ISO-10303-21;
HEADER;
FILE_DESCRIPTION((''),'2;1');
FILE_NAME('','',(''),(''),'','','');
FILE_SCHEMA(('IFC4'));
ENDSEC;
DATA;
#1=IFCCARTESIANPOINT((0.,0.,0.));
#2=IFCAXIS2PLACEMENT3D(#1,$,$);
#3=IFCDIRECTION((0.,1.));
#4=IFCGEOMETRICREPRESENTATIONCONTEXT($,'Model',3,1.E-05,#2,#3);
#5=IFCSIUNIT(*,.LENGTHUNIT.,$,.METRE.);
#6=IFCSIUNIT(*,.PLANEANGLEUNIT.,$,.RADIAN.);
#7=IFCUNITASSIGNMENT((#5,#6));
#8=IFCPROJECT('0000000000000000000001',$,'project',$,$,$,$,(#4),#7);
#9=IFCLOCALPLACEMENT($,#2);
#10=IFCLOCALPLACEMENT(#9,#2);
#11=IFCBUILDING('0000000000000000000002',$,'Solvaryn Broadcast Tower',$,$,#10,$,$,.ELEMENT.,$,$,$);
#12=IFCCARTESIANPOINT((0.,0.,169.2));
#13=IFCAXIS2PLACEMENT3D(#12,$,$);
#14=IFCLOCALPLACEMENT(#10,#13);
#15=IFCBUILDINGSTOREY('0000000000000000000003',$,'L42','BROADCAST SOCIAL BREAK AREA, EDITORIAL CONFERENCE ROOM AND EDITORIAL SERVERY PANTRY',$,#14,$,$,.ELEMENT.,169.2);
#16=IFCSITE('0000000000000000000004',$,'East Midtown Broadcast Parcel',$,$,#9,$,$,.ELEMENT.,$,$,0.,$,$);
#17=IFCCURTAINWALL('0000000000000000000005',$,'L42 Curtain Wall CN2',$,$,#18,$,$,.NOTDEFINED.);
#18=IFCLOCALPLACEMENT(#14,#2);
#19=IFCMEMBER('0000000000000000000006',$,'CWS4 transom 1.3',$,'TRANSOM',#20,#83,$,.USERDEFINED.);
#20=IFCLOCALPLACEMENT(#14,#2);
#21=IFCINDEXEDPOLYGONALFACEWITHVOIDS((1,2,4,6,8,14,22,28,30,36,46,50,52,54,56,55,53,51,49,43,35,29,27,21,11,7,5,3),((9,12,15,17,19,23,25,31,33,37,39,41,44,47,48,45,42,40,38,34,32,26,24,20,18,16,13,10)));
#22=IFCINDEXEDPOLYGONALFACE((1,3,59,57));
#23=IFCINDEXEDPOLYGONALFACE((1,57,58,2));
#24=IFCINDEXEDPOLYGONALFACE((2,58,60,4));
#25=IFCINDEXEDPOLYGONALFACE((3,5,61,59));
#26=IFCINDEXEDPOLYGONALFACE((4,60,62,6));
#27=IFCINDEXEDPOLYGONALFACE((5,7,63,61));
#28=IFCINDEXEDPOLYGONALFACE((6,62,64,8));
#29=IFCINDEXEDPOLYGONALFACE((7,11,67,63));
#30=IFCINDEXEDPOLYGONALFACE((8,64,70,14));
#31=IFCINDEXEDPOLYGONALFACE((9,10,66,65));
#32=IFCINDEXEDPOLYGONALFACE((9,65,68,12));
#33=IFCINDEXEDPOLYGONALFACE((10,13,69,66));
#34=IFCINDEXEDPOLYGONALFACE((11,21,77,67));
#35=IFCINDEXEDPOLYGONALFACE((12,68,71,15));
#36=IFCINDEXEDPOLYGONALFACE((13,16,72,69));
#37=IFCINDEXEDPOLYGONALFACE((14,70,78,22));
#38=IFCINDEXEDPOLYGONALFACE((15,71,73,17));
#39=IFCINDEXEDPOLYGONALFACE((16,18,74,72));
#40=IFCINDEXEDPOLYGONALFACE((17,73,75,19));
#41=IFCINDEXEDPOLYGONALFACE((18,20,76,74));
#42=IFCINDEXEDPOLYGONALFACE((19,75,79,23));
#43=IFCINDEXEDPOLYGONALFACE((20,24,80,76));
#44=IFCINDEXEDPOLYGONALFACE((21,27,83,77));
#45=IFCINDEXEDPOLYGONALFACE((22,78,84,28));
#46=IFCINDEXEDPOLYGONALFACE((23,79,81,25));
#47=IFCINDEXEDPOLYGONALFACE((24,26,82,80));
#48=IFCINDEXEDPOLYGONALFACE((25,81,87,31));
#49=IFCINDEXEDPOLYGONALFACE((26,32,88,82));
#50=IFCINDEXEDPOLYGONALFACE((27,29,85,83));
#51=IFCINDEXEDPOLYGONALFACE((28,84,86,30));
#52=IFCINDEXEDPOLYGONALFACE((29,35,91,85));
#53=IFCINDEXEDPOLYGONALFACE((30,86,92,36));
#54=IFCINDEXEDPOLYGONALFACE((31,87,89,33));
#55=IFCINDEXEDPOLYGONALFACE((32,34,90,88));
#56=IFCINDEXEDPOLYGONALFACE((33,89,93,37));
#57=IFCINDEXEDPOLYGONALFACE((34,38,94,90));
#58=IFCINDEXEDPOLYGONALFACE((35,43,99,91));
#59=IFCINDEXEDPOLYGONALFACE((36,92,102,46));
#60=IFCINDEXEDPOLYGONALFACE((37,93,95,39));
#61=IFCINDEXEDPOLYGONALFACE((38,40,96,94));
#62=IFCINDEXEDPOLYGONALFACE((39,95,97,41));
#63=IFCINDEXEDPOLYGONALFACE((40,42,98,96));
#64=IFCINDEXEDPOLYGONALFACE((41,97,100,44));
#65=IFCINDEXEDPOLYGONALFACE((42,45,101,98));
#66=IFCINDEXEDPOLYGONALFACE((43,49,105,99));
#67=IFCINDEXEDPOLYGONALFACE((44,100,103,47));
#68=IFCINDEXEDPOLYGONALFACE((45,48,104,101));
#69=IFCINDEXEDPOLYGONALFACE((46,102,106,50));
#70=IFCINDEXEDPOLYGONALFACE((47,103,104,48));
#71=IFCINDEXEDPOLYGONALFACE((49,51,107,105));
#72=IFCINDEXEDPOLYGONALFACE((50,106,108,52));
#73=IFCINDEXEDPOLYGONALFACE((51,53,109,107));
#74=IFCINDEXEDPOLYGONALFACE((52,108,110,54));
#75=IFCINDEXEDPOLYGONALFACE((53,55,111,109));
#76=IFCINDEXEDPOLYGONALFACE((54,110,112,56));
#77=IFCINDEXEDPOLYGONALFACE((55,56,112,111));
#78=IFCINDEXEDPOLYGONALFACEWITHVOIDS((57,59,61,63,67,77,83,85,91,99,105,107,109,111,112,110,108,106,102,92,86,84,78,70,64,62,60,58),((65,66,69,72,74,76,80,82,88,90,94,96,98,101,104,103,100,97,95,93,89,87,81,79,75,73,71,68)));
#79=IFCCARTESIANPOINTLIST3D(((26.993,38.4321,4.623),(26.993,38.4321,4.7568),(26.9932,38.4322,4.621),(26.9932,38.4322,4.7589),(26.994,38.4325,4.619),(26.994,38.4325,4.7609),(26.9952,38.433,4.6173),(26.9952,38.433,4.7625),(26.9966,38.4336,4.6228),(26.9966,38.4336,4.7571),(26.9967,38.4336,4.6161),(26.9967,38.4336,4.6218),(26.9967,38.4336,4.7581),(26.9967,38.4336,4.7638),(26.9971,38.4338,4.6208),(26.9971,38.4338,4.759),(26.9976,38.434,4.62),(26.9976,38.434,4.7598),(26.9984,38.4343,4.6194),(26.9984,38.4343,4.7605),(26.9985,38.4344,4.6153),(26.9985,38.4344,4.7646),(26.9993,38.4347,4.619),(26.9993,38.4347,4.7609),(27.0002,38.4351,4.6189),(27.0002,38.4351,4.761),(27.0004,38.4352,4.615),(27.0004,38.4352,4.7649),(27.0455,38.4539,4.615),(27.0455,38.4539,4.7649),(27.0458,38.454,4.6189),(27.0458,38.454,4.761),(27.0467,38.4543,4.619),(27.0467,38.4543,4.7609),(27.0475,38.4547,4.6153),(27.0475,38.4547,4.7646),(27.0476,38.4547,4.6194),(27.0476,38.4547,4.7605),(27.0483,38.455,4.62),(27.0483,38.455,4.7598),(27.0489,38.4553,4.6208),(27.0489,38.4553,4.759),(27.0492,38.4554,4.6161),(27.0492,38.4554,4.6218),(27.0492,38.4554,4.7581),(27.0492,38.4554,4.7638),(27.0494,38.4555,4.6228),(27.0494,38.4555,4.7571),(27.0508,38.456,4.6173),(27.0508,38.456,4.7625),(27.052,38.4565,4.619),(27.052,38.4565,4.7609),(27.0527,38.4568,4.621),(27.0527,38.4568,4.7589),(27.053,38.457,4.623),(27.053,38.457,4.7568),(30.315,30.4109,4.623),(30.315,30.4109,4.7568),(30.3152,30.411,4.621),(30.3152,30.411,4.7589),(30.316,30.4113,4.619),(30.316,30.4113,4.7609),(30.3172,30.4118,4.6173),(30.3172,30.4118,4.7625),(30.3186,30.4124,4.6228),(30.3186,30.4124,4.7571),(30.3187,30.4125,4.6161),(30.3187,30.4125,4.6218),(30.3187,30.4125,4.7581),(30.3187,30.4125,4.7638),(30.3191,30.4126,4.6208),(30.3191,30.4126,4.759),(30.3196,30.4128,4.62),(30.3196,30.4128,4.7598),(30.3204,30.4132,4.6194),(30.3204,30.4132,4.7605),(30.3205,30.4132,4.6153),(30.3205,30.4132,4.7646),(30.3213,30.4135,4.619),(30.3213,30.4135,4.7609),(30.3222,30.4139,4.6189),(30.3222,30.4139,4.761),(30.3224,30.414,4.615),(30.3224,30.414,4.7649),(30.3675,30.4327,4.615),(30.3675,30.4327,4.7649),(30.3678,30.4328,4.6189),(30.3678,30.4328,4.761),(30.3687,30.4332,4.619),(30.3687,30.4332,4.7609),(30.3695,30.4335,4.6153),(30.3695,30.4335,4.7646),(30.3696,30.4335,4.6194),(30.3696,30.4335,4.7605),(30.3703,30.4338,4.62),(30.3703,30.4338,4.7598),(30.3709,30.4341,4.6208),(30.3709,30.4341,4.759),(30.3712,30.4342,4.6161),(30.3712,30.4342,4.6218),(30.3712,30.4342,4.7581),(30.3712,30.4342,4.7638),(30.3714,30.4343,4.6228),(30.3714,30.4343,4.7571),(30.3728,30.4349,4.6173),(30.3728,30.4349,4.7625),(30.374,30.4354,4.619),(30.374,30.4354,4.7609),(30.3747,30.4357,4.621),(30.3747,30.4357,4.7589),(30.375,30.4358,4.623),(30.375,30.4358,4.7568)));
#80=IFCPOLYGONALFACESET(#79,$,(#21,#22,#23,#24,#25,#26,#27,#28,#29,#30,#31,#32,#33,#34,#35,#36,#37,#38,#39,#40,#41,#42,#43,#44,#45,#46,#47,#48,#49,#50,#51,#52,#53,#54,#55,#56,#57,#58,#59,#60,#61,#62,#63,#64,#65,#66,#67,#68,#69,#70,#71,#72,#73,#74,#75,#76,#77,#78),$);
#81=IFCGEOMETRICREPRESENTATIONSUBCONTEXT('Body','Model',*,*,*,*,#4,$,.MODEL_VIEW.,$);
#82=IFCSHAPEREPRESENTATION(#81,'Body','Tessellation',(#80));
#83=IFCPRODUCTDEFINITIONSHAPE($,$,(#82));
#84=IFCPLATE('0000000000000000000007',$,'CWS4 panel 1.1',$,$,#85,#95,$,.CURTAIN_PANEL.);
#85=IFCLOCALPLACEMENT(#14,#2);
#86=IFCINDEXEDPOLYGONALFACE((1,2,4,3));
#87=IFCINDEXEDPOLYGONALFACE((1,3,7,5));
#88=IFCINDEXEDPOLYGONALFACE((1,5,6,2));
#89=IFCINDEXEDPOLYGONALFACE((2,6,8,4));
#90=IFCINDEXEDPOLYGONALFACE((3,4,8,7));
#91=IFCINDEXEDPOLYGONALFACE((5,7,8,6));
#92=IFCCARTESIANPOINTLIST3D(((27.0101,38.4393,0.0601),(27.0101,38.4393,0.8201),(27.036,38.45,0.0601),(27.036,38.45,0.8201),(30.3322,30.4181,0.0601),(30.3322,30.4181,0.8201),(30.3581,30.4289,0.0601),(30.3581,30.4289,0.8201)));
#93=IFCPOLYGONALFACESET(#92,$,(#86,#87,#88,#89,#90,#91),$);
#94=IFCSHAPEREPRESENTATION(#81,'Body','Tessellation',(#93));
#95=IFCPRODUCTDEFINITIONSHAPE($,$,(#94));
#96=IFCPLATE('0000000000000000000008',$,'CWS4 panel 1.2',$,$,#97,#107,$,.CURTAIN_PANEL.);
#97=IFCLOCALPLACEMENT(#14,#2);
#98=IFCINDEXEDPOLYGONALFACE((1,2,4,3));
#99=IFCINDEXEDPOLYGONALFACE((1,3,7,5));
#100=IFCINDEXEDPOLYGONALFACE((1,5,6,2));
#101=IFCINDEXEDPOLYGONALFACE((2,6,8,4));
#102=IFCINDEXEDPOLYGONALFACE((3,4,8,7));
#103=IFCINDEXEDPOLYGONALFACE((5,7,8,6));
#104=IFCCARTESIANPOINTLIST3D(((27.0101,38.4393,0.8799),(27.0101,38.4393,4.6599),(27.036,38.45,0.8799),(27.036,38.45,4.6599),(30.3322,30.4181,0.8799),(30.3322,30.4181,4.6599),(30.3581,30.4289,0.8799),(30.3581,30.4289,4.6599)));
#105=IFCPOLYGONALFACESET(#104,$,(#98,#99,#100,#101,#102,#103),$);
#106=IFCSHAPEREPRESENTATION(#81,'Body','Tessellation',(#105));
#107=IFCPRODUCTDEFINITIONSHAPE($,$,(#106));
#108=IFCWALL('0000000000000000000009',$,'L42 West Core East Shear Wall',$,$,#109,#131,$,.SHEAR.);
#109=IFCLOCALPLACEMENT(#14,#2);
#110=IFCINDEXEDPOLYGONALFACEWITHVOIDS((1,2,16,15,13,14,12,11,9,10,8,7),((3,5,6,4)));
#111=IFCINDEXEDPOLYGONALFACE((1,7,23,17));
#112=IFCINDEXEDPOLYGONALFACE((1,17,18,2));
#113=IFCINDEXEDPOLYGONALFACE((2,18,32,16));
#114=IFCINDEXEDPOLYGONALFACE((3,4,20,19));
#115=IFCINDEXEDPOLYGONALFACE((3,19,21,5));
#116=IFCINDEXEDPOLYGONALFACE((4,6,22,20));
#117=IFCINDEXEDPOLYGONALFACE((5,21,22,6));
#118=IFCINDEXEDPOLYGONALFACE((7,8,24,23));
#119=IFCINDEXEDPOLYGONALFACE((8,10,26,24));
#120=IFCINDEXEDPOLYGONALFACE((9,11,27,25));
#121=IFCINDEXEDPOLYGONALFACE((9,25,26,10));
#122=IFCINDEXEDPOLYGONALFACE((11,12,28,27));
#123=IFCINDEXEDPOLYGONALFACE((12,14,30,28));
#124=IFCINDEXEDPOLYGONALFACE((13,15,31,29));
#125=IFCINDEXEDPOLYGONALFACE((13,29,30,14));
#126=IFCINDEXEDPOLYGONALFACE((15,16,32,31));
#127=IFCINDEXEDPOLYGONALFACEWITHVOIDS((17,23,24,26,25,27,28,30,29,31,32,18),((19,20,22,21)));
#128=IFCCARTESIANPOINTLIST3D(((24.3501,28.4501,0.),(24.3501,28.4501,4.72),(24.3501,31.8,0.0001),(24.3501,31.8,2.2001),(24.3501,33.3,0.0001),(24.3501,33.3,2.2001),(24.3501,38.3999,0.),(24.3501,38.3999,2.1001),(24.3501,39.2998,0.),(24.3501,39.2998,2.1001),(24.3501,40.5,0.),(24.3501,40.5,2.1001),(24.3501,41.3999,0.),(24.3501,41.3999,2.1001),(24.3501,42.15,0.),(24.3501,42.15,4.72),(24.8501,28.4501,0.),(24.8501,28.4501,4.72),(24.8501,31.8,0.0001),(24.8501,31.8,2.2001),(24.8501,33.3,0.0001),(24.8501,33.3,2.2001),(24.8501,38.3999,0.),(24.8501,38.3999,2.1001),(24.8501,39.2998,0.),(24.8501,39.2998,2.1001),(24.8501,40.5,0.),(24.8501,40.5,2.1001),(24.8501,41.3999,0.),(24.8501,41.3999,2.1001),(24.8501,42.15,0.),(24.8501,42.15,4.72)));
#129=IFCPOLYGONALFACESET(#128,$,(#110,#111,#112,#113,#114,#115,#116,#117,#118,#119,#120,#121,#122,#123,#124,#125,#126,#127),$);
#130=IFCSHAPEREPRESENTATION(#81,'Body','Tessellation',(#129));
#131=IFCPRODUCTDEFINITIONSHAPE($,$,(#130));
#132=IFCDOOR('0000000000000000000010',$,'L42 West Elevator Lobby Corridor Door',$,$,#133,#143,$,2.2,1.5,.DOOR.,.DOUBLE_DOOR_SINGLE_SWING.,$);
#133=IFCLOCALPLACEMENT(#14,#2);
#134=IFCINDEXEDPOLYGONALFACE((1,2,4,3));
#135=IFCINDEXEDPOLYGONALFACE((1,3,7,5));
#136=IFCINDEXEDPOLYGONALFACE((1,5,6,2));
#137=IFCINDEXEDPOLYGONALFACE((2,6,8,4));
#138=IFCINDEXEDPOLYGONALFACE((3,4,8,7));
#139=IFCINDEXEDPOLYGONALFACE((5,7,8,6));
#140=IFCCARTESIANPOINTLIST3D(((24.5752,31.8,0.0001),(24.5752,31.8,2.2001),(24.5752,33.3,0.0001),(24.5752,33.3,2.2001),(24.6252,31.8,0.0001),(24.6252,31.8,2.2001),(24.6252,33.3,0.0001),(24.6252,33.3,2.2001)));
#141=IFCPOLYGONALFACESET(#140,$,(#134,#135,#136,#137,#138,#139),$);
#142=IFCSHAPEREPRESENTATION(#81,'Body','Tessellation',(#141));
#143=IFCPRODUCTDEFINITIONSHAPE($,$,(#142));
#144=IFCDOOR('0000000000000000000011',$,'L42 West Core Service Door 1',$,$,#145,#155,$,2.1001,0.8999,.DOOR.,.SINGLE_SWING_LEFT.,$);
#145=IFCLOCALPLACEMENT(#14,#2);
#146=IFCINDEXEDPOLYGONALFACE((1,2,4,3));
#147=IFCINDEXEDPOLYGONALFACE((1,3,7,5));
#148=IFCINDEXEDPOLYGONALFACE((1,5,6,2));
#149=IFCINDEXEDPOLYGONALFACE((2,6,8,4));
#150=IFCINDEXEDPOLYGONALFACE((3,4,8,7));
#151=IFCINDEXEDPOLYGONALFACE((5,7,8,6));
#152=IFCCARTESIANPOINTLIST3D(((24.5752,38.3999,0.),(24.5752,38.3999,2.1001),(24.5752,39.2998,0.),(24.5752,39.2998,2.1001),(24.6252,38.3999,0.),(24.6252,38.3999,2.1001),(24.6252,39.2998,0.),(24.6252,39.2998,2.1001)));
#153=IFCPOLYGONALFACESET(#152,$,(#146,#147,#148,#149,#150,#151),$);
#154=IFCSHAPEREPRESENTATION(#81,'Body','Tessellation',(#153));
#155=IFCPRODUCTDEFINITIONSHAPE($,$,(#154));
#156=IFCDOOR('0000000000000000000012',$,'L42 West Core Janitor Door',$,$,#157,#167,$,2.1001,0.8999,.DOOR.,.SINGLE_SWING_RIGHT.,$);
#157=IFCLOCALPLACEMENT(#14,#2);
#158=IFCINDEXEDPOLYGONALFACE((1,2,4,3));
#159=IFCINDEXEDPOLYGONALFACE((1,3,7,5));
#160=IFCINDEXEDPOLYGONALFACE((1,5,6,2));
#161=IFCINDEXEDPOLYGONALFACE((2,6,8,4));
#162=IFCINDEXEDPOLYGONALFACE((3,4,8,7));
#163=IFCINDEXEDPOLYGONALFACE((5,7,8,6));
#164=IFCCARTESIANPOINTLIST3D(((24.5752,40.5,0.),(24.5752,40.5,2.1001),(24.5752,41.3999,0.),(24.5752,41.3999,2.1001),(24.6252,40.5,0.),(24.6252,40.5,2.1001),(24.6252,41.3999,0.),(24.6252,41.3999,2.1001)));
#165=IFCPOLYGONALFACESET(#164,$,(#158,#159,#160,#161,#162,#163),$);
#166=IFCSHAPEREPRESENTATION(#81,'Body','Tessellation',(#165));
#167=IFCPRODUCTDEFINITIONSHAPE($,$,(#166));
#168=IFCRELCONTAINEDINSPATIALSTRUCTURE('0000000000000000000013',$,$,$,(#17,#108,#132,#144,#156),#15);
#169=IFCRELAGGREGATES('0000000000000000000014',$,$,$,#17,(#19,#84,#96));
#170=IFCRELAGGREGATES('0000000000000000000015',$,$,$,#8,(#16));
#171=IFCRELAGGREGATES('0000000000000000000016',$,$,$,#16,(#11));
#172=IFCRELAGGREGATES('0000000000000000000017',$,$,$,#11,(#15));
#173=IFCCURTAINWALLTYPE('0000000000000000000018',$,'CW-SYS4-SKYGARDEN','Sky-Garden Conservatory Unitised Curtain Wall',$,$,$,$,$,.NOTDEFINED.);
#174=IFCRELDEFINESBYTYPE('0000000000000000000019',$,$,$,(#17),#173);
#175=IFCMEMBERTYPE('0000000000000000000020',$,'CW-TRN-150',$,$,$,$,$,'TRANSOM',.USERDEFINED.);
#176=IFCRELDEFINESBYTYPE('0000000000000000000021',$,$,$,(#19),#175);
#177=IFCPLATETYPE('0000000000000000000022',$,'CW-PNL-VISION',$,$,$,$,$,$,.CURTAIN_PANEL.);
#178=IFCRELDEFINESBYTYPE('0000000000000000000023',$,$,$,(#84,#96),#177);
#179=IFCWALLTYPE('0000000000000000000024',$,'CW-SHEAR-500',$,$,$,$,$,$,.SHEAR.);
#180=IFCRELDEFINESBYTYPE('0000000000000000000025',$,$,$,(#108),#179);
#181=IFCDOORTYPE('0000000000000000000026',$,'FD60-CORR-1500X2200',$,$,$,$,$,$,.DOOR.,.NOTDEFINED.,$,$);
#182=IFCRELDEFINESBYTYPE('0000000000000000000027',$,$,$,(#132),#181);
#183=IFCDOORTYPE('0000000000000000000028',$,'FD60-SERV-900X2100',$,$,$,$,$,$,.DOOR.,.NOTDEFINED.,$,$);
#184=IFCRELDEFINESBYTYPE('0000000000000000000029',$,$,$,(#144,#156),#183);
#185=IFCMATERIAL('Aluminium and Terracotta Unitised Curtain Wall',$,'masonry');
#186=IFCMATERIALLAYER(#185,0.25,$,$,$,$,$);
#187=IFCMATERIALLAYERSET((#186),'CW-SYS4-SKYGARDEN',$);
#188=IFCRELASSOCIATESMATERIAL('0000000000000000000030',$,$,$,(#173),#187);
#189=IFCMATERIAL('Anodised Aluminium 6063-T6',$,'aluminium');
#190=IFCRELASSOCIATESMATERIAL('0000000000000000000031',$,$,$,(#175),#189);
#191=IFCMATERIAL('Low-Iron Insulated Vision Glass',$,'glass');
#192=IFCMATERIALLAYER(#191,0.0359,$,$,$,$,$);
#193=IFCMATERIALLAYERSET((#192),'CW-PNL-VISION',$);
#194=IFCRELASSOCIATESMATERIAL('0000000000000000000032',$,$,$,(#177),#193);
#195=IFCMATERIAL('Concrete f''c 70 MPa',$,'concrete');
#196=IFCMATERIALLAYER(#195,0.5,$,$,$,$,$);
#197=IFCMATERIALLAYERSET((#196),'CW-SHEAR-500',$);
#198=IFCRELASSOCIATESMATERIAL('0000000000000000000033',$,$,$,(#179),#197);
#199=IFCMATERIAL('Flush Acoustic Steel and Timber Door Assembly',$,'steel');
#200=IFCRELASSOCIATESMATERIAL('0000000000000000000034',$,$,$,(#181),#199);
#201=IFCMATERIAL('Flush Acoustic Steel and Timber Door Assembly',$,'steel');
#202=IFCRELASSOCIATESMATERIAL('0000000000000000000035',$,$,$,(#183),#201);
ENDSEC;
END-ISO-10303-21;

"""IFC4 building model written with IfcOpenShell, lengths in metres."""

from ifc_helpers import new_model, si_unit, direction, frame, frame_2d, origin, origin_2d, place, context, subcontext, project, spatial, rectangle, hollow_rectangle, extrude, material, layer, layer_set, material_profile, profile_set, type_object, element, fill, aggregate, save


model = new_model("IFC4")

# Units and contexts
model_context = context("Model", 3, precision=1e-05, world=origin(), true_north=direction((0.0, 1.0)))
body_context = subcontext(model_context, "Body", "Model", "MODEL_VIEW")
ifc_project = project(units=[si_unit("LENGTHUNIT", "METRE"), si_unit("PLANEANGLEUNIT", "RADIAN")], contexts=[model_context])

# Site, building, storey
site_placement = place(None, origin())
site = spatial("IfcSite", under=ifc_project, at=site_placement, Name="East Midtown Broadcast Parcel", CompositionType="ELEMENT", RefElevation=0.0)
building_placement = place(site_placement, origin())
building = spatial("IfcBuilding", under=site, at=building_placement, Name="Solvaryn Broadcast Tower", CompositionType="ELEMENT")
storey_placement = place(building_placement, frame((0.0, 0.0, 169.2)))
storey = spatial("IfcBuildingStorey", under=building, at=storey_placement, Name="L42", Description="BROADCAST SOCIAL BREAK AREA, EDITORIAL CONFERENCE ROOM AND EDITORIAL SERVERY PANTRY", CompositionType="ELEMENT", Elevation=169.2)

# Shared definitions
ifc_material_1 = material(Name="Aluminium and Terracotta Unitised Curtain Wall", Category="masonry")
ifc_layer_1 = layer(ifc_material_1, 0.25)
ifc_layer_set_1 = layer_set([ifc_layer_1], Name="CW-SYS4-SKYGARDEN")
curtain_wall_type = type_object("IfcCurtainWallType", Name="CW-SYS4-SKYGARDEN", Description="Sky-Garden Conservatory Unitised Curtain Wall", PredefinedType="NOTDEFINED", material=ifc_layer_set_1)

# Curtain wall, member, plates
curtain_wall_1_placement = place(storey_placement, origin())
curtain_wall_1 = element("IfcCurtainWall", 1, at=curtain_wall_1_placement, inside=storey, type_object=curtain_wall_type, Name="L42 Curtain Wall CN2", PredefinedType="NOTDEFINED")
ifc_material_2 = material(Name="Anodised Aluminium 6063-T6", Category="aluminium")
ifc_material_profile_1 = material_profile(ifc_material_2, hollow_rectangle(XDim=0.0649, YDim=0.1499, WallThickness=0.0039, InnerFilletRadius=0.0039, OuterFilletRadius=0.0081, at=origin_2d()))
ifc_profile_set_1 = profile_set([ifc_material_profile_1], Name="Anodised Aluminium 6063-T6")
member_type_1 = type_object("IfcMemberType", Name="CW-TRN-150", ElementType="TRANSOM", PredefinedType="USERDEFINED", material=ifc_profile_set_1)
member_1_placement = place(storey_placement, frame((30.345, 30.4233, 4.6899), z_axis=(-0.382636, 0.923899, 0.0), x_axis=(-0.923899, -0.382636, 0.0)))
member_1 = element("IfcMember", 2, at=member_1_placement, type_object=member_type_1, Name="CWS4 transom 1.3", ObjectType="TRANSOM", PredefinedType="USERDEFINED", context=body_context, shape_type="SweptSolid", body=[
    extrude(hollow_rectangle(XDim=0.0649, YDim=0.1499, WallThickness=0.0039, InnerFilletRadius=0.0039, OuterFilletRadius=0.0081, at=origin_2d()), origin(), (0.0, 0.0, 1.0), 8.6819),
])
ifc_material_3 = material(Name="Low-Iron Insulated Vision Glass", Category="glass")
ifc_layer_2 = layer(ifc_material_3, 0.0359)
ifc_layer_set_2 = layer_set([ifc_layer_2], Name="CW-PNL-VISION")
plate_type = type_object("IfcPlateType", Name="CW-PNL-VISION", PredefinedType="CURTAIN_PANEL", material=ifc_layer_set_2)
plate_1_placement = place(storey_placement, frame((28.6841, 34.4341, 0.0601), z_axis=(0.0, 0.0, 1.0), x_axis=(-0.382646, 0.923895, 0.0)))
plate_1 = element("IfcPlate", 3, at=plate_1_placement, type_object=plate_type, Name="CWS4 panel 1.1", PredefinedType="CURTAIN_PANEL", context=body_context, shape_type="SweptSolid", body=[
    extrude(rectangle(XDim=8.6819, YDim=0.0281, at=origin_2d()), origin(), (0.0, 0.0, 1.0), 0.76),
])
plate_2_placement = place(storey_placement, frame((28.6841, 34.4341, 0.8799), z_axis=(0.0, 0.0, 1.0), x_axis=(-0.382646, 0.923895, 0.0)))
plate_2 = element("IfcPlate", 4, at=plate_2_placement, type_object=plate_type, Name="CWS4 panel 1.2", PredefinedType="CURTAIN_PANEL", context=body_context, shape_type="SweptSolid", body=[
    extrude(rectangle(XDim=8.6819, YDim=0.0281, at=origin_2d()), origin(), (0.0, 0.0, 1.0), 3.78),
])
aggregate(curtain_wall_1, [member_1, plate_1, plate_2])

# Wall, openings, doors
ifc_material_4 = material(Name="Concrete f'c 70 MPa", Category="concrete")
ifc_layer_3 = layer(ifc_material_4, 0.5)
ifc_layer_set_3 = layer_set([ifc_layer_3], Name="CW-SHEAR-500")
wall_type_1 = type_object("IfcWallType", Name="CW-SHEAR-500", PredefinedType="SHEAR", material=ifc_layer_set_3)
wall_1_placement = place(storey_placement, frame((24.6001, 28.45, 0.0), z_axis=(0.0, 0.0, 1.0), x_axis=(0.0, 1.0, 0.0)))
wall_1 = element("IfcWall", 5, at=wall_1_placement, inside=storey, type_object=wall_type_1, Name="L42 West Core East Shear Wall", PredefinedType="SHEAR", context=body_context, shape_type="SweptSolid", body=[
    extrude(rectangle(XDim=13.7, YDim=0.5, at=frame_2d((6.8501, 0.0))), origin(), (0.0, 0.0, 1.0), 4.72),
])
opening_1_placement = place(wall_1_placement, frame((3.3501, 0.0, 0.0)))
opening_1 = element("IfcOpeningElement", 6, at=opening_1_placement, cuts=wall_1, PredefinedType="OPENING", context=body_context, shape_type="SweptSolid", body=[
    extrude(rectangle(XDim=1.5, YDim=2.2, at=frame_2d((0.75, 1.1001))), frame((0.0, 0.26, 0.0), z_axis=(0.0, -1.0, 0.0), x_axis=(1.0, 0.0, 0.0)), (0.0, 0.0, 1.0), 0.52),
])
opening_2_placement = place(wall_1_placement, frame((9.95, 0.0, 0.0)))
opening_2 = element("IfcOpeningElement", 7, at=opening_2_placement, cuts=wall_1, PredefinedType="OPENING", context=body_context, shape_type="SweptSolid", body=[
    extrude(rectangle(XDim=0.8999, YDim=2.1001, at=frame_2d((0.45, 1.05))), frame((0.0, 0.26, 0.0), z_axis=(0.0, -1.0, 0.0), x_axis=(1.0, 0.0, 0.0)), (0.0, 0.0, 1.0), 0.52),
])
opening_3_placement = place(wall_1_placement, frame((12.05, 0.0, 0.0)))
opening_3 = element("IfcOpeningElement", 8, at=opening_3_placement, cuts=wall_1, PredefinedType="OPENING", context=body_context, shape_type="SweptSolid", body=[
    extrude(rectangle(XDim=0.8999, YDim=2.1001, at=frame_2d((0.45, 1.05))), frame((0.0, 0.26, 0.0), z_axis=(0.0, -1.0, 0.0), x_axis=(1.0, 0.0, 0.0)), (0.0, 0.0, 1.0), 0.52),
])
ifc_material_5 = material(Name="Flush Acoustic Steel and Timber Door Assembly", Category="steel")
door_type_1 = type_object("IfcDoorType", Name="FD60-CORR-1500X2200", OperationType="NOTDEFINED", PredefinedType="DOOR", material=ifc_material_5)
door_1_placement = place(opening_1_placement, origin())
door_1 = element("IfcDoor", 9, at=door_1_placement, inside=storey, type_object=door_type_1, Name="L42 West Elevator Lobby Corridor Door", OperationType="DOUBLE_DOOR_SINGLE_SWING", OverallHeight=2.2, OverallWidth=1.5, PredefinedType="DOOR", context=body_context, shape_type="SweptSolid", body=[
    extrude(rectangle(XDim=1.5, YDim=2.2, at=frame_2d((0.75, 1.1001))), frame((0.0, 0.0249, 0.0), z_axis=(0.0, -1.0, 0.0), x_axis=(1.0, 0.0, 0.0)), (0.0, 0.0, 1.0), 0.05),
])
fill(opening_1, door_1)
ifc_material_6 = material(Name="Flush Acoustic Steel and Timber Door Assembly", Category="steel")
door_type_2 = type_object("IfcDoorType", Name="FD60-SERV-900X2100", OperationType="NOTDEFINED", PredefinedType="DOOR", material=ifc_material_6)
door_2_placement = place(opening_2_placement, origin())
door_2 = element("IfcDoor", 10, at=door_2_placement, inside=storey, type_object=door_type_2, Name="L42 West Core Service Door 1", OperationType="SINGLE_SWING_LEFT", OverallHeight=2.1001, OverallWidth=0.8999, PredefinedType="DOOR", context=body_context, shape_type="SweptSolid", body=[
    extrude(rectangle(XDim=0.8999, YDim=2.1001, at=frame_2d((0.45, 1.05))), frame((0.0, 0.0249, 0.0), z_axis=(0.0, -1.0, 0.0), x_axis=(1.0, 0.0, 0.0)), (0.0, 0.0, 1.0), 0.05),
])
fill(opening_2, door_2)
door_3_placement = place(opening_3_placement, origin())
door_3 = element("IfcDoor", 11, at=door_3_placement, inside=storey, type_object=door_type_2, Name="L42 West Core Janitor Door", OperationType="SINGLE_SWING_RIGHT", OverallHeight=2.1001, OverallWidth=0.8999, PredefinedType="DOOR", context=body_context, shape_type="SweptSolid", body=[
    extrude(rectangle(XDim=0.8999, YDim=2.1001, at=frame_2d((0.45, 1.05))), frame((0.0, 0.0249, 0.0), z_axis=(0.0, -1.0, 0.0), x_axis=(1.0, 0.0, 0.0)), (0.0, 0.0, 1.0), 0.05),
])
fill(opening_3, door_3)

save(model, "model.ifc")
